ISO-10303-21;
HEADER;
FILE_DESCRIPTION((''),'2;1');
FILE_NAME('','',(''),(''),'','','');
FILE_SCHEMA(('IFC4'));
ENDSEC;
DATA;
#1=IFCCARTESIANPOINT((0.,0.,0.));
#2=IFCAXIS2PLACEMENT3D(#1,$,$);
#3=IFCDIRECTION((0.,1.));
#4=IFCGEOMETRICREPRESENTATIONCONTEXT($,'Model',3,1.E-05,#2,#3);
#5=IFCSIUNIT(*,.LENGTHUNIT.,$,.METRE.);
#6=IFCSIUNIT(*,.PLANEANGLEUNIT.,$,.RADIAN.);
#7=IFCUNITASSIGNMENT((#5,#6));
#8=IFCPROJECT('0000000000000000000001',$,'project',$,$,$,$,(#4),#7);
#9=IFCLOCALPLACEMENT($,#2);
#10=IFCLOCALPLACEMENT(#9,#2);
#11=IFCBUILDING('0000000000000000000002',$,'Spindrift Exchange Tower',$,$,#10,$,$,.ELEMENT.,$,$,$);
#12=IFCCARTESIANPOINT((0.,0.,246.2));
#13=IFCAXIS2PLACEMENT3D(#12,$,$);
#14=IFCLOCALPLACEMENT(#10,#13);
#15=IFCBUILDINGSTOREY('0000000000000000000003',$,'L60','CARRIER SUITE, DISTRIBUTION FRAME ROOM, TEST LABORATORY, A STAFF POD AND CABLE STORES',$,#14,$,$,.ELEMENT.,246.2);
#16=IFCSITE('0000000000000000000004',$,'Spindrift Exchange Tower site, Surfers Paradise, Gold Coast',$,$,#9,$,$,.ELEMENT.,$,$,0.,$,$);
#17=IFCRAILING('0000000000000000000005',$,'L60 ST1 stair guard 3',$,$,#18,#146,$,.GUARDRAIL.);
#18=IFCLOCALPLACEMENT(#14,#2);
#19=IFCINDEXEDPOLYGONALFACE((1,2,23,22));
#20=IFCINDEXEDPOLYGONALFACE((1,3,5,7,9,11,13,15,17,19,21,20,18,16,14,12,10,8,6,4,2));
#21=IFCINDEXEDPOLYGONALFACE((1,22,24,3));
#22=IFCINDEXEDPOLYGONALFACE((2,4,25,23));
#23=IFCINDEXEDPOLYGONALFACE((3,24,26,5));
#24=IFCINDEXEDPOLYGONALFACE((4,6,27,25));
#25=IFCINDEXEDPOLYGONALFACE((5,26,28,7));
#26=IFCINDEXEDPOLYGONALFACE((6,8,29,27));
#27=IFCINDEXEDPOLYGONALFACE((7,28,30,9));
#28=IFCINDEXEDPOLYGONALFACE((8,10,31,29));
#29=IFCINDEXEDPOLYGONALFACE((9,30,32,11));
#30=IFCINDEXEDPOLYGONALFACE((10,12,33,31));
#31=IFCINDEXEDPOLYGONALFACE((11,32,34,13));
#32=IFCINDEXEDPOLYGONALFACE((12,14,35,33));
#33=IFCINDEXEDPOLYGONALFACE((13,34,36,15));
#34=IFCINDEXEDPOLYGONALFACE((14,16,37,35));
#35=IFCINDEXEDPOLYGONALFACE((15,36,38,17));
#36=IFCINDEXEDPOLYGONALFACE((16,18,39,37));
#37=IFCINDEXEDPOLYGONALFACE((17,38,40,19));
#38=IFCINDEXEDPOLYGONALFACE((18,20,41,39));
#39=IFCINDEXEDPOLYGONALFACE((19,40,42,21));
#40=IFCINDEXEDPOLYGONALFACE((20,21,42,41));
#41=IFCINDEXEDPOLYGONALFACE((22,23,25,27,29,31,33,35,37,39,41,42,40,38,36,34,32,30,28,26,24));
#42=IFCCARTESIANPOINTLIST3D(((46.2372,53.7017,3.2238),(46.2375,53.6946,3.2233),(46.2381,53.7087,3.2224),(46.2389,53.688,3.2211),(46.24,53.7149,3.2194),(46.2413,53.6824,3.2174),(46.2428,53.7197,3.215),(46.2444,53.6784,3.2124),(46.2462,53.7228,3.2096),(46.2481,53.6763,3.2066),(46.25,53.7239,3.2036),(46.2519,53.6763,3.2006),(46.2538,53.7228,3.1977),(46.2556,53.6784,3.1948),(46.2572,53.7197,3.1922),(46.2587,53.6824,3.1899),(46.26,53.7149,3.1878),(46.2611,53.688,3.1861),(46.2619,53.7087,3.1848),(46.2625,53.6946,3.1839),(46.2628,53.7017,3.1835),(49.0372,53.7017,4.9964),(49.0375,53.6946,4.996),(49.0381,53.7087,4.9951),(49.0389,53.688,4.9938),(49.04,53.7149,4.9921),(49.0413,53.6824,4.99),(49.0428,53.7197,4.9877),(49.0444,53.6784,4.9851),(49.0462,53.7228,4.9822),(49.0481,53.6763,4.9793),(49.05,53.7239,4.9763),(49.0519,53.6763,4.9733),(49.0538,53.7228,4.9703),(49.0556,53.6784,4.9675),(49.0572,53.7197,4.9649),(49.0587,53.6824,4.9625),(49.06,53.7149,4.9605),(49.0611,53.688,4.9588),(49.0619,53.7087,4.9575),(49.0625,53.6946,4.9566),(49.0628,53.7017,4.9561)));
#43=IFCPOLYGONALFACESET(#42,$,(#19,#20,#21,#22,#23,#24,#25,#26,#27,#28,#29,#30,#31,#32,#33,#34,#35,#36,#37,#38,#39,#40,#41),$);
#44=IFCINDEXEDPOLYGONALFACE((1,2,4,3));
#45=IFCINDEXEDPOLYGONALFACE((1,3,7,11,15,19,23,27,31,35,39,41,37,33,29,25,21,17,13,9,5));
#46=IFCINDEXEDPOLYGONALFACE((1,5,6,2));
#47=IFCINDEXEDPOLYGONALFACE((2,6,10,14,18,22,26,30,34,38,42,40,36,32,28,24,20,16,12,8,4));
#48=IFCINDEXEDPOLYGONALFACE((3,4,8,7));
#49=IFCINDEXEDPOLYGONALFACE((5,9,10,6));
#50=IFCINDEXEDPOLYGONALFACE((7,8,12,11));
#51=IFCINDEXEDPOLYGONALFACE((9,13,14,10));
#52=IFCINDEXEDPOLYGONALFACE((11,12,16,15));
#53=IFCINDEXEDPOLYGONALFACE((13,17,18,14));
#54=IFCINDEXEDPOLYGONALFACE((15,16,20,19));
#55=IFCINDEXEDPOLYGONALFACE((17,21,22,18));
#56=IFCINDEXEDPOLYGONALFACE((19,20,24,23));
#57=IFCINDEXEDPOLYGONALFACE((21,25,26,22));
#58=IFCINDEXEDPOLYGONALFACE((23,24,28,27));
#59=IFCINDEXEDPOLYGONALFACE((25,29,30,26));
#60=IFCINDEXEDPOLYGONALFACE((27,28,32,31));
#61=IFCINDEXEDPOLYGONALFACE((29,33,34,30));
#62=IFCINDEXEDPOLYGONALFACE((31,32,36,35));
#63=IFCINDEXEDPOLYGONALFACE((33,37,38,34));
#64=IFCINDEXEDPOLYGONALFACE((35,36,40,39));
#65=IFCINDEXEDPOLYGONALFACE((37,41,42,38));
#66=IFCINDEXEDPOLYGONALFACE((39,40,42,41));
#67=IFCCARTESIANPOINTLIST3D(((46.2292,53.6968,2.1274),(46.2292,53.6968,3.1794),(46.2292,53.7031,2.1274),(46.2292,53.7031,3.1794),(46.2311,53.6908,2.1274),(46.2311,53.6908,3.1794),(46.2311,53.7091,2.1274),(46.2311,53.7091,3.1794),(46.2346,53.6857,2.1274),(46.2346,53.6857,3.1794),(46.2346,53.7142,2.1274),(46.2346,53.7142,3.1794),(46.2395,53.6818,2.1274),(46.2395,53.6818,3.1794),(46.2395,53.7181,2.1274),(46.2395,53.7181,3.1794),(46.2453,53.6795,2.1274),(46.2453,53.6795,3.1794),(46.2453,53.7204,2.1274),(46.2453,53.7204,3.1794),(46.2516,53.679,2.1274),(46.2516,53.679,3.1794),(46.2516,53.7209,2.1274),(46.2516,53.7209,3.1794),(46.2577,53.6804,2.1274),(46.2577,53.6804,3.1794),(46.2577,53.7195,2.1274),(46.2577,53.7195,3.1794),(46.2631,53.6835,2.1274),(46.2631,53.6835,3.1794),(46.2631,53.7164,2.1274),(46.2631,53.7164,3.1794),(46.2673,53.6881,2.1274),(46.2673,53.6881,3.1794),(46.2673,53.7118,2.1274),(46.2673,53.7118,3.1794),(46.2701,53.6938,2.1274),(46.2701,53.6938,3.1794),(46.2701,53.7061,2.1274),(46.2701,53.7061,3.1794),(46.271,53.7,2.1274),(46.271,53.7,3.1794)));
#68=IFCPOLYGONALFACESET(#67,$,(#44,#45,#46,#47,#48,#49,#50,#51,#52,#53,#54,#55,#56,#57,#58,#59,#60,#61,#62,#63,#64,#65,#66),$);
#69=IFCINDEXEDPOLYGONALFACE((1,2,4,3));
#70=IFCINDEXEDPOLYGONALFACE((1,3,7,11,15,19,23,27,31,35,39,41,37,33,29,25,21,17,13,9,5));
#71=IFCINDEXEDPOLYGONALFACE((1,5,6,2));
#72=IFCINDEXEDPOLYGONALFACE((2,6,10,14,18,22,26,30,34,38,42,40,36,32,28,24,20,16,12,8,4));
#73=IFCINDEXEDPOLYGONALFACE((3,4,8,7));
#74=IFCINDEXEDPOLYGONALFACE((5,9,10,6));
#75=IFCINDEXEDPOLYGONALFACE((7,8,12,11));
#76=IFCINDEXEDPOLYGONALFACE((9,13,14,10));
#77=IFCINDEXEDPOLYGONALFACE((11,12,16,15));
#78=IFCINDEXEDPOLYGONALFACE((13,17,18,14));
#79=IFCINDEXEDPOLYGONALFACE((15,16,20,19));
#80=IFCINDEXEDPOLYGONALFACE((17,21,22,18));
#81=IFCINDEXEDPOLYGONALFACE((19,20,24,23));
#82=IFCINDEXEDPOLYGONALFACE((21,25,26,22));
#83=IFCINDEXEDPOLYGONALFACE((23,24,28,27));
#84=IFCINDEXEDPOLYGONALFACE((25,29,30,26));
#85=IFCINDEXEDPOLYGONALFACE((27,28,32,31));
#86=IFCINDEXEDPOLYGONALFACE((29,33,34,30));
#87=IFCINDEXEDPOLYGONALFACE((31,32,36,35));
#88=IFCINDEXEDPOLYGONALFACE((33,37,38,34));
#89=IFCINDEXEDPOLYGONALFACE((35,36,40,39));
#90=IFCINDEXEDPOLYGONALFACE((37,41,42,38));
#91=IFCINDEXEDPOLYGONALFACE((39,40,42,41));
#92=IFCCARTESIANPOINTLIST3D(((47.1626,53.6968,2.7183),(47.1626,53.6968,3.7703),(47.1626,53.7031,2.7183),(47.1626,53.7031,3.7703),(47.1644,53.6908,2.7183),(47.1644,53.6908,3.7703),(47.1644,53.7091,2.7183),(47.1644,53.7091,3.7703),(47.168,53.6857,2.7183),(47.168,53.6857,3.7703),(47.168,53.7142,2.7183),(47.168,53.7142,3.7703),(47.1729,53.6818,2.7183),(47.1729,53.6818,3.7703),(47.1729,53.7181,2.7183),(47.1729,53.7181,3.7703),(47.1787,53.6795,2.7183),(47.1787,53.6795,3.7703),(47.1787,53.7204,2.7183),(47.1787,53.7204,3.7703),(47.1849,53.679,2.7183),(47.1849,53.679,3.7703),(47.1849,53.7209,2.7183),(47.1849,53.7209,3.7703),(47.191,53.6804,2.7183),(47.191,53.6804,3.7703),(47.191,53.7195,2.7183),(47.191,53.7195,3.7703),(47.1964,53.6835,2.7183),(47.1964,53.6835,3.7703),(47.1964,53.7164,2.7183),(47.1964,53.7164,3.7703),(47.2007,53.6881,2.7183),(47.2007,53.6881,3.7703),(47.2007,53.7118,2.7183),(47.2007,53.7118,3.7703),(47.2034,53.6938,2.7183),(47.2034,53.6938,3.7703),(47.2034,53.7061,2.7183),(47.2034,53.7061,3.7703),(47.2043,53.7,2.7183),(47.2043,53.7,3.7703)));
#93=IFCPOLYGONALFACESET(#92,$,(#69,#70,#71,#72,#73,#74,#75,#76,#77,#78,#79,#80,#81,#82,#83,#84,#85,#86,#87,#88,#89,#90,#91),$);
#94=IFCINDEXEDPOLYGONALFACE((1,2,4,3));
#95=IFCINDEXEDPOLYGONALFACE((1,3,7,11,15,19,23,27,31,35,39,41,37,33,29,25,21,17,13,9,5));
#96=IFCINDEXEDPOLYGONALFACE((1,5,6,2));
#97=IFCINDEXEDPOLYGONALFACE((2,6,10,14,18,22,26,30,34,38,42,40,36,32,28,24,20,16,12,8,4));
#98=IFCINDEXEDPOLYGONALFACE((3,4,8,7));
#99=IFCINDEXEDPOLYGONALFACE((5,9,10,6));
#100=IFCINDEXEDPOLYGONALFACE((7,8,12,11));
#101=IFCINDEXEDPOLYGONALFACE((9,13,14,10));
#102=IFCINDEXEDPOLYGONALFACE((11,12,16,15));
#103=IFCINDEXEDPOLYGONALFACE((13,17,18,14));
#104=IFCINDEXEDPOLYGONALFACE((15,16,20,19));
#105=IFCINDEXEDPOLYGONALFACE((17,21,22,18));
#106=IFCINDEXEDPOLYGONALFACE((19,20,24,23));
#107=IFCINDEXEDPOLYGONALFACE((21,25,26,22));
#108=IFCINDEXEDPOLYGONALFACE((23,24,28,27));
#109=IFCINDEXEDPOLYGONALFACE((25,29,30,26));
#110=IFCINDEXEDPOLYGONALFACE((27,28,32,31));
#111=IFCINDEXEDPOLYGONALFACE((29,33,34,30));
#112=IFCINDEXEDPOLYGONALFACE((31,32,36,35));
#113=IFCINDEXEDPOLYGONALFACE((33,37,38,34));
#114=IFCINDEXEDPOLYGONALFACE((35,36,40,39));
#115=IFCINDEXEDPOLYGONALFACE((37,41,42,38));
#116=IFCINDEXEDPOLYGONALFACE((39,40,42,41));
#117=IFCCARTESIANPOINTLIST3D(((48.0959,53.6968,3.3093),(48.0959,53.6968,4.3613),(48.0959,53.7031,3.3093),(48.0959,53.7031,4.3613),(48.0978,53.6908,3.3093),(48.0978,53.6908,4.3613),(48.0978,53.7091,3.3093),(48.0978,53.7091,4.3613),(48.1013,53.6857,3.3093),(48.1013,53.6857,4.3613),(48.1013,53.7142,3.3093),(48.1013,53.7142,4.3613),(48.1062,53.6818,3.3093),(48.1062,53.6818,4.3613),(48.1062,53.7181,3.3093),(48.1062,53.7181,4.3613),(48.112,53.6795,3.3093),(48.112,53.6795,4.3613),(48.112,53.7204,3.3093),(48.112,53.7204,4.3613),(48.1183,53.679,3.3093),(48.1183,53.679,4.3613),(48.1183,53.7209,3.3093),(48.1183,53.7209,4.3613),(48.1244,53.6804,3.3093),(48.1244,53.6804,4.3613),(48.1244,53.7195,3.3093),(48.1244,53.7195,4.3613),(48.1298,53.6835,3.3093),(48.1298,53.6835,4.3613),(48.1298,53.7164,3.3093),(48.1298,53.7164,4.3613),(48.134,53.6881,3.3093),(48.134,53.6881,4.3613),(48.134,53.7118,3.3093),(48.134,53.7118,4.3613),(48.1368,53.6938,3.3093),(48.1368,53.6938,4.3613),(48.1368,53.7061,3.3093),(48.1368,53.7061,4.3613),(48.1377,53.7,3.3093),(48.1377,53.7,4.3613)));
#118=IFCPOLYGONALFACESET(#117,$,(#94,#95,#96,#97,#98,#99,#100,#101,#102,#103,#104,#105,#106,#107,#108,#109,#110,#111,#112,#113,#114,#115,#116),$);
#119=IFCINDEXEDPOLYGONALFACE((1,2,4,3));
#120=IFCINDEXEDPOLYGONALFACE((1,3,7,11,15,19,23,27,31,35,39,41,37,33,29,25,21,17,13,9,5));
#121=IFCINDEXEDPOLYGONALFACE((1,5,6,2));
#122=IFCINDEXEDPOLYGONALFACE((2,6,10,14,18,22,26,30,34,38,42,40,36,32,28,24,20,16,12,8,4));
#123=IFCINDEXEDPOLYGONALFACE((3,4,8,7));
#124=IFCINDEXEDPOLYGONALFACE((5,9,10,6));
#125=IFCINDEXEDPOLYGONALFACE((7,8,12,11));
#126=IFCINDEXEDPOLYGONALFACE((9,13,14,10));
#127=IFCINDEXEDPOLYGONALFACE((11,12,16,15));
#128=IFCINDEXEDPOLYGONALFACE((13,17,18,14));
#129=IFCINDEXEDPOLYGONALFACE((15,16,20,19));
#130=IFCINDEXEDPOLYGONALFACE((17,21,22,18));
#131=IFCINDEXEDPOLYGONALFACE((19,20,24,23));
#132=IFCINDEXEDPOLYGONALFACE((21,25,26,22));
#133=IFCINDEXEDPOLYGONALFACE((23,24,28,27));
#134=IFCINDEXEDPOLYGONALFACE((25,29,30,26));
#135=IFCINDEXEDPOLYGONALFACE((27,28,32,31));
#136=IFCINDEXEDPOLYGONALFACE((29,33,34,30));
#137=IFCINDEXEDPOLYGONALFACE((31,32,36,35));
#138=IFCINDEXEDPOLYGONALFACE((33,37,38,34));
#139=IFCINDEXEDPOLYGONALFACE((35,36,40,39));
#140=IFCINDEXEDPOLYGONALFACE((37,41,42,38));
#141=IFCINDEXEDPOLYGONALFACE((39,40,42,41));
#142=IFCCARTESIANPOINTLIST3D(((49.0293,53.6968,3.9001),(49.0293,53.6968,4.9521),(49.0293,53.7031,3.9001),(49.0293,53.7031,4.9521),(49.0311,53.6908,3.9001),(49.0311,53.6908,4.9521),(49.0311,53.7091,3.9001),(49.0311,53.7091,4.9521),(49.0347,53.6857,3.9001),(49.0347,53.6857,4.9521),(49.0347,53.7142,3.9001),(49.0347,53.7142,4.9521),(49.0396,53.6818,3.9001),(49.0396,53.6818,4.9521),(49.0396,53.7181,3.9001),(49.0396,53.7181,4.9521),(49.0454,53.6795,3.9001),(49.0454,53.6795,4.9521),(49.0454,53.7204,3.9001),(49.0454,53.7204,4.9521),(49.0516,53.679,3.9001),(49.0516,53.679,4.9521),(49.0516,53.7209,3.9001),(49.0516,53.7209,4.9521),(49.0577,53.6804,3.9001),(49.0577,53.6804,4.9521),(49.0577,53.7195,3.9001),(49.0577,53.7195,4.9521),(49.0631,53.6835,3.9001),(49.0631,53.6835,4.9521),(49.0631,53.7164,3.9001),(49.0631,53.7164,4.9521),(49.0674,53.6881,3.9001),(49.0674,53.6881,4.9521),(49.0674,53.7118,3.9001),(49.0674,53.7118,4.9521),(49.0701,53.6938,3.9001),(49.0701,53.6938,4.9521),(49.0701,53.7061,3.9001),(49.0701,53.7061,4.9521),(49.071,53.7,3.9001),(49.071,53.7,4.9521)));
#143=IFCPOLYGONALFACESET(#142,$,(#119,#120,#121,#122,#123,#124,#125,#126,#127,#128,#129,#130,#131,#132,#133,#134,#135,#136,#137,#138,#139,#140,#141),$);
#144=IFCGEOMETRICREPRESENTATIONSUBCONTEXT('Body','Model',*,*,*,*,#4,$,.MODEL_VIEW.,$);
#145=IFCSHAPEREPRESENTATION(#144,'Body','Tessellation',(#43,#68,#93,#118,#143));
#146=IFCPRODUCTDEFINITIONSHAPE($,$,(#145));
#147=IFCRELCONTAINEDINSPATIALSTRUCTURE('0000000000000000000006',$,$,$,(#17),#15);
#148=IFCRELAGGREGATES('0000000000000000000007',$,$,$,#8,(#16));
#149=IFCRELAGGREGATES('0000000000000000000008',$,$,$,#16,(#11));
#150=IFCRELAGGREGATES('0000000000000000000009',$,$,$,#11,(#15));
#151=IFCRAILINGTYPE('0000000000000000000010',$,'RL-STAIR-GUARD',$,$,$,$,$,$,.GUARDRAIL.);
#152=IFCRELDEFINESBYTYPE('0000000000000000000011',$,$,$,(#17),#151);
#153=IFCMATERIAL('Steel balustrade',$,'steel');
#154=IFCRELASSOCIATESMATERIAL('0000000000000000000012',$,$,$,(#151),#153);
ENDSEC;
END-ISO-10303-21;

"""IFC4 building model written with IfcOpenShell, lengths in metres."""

from ifc_helpers import new_model, si_unit, direction, frame, origin, origin_2d, place, context, subcontext, project, spatial, circle, extrude, material, type_object, element, save


model = new_model("IFC4")

# Units and contexts
model_context = context("Model", 3, precision=1e-05, world=origin(), true_north=direction((0.0, 1.0)))
body_context = subcontext(model_context, "Body", "Model", "MODEL_VIEW")
ifc_project = project(units=[si_unit("LENGTHUNIT", "METRE"), si_unit("PLANEANGLEUNIT", "RADIAN")], contexts=[model_context])

# Site, building, storey
site_placement = place(None, origin())
site = spatial("IfcSite", under=ifc_project, at=site_placement, Name="Spindrift Exchange Tower site, Surfers Paradise, Gold Coast", CompositionType="ELEMENT", RefElevation=0.0)
building_placement = place(site_placement, origin())
building = spatial("IfcBuilding", under=site, at=building_placement, Name="Spindrift Exchange Tower", CompositionType="ELEMENT")
storey_placement = place(building_placement, frame((0.0, 0.0, 246.2)))
storey = spatial("IfcBuildingStorey", under=building, at=storey_placement, Name="L60", Description="CARRIER SUITE, DISTRIBUTION FRAME ROOM, TEST LABORATORY, A STAFF POD AND CABLE STORES", CompositionType="ELEMENT", Elevation=246.2)

# Railing
ifc_material_1 = material(Name="Steel balustrade", Category="steel")
railing_type_1 = type_object("IfcRailingType", Name="RL-STAIR-GUARD", PredefinedType="GUARDRAIL", material=ifc_material_1)
railing_1_placement = place(storey_placement, frame((46.25, 53.7, 2.1274)))
element("IfcRailing", 1, at=railing_1_placement, inside=storey, type_object=railing_type_1, Name="L60 ST1 stair guard 3", PredefinedType="GUARDRAIL", context=body_context, shape_type="SweptSolid", body=[
    extrude(circle(Radius=0.0239, at=origin_2d()), frame((0.0, 0.0, 1.0762), z_axis=(0.844909, 0.0, 0.53491), x_axis=(0.0, 1.0, 0.0)), (0.0, 0.0, 1.0), 3.314),
    extrude(circle(Radius=0.021, at=origin_2d()), origin(), (0.0, 0.0, 1.0), 1.052),
    extrude(circle(Radius=0.021, at=origin_2d()), frame((0.9333, 0.0, 0.5908)), (0.0, 0.0, 1.0), 1.052),
    extrude(circle(Radius=0.021, at=origin_2d()), frame((1.8667, 0.0, 1.1819)), (0.0, 0.0, 1.0), 1.052),
    extrude(circle(Radius=0.021, at=origin_2d()), frame((2.8, 0.0, 1.7727)), (0.0, 0.0, 1.0), 1.052),
])

save(model, "model.ifc")
